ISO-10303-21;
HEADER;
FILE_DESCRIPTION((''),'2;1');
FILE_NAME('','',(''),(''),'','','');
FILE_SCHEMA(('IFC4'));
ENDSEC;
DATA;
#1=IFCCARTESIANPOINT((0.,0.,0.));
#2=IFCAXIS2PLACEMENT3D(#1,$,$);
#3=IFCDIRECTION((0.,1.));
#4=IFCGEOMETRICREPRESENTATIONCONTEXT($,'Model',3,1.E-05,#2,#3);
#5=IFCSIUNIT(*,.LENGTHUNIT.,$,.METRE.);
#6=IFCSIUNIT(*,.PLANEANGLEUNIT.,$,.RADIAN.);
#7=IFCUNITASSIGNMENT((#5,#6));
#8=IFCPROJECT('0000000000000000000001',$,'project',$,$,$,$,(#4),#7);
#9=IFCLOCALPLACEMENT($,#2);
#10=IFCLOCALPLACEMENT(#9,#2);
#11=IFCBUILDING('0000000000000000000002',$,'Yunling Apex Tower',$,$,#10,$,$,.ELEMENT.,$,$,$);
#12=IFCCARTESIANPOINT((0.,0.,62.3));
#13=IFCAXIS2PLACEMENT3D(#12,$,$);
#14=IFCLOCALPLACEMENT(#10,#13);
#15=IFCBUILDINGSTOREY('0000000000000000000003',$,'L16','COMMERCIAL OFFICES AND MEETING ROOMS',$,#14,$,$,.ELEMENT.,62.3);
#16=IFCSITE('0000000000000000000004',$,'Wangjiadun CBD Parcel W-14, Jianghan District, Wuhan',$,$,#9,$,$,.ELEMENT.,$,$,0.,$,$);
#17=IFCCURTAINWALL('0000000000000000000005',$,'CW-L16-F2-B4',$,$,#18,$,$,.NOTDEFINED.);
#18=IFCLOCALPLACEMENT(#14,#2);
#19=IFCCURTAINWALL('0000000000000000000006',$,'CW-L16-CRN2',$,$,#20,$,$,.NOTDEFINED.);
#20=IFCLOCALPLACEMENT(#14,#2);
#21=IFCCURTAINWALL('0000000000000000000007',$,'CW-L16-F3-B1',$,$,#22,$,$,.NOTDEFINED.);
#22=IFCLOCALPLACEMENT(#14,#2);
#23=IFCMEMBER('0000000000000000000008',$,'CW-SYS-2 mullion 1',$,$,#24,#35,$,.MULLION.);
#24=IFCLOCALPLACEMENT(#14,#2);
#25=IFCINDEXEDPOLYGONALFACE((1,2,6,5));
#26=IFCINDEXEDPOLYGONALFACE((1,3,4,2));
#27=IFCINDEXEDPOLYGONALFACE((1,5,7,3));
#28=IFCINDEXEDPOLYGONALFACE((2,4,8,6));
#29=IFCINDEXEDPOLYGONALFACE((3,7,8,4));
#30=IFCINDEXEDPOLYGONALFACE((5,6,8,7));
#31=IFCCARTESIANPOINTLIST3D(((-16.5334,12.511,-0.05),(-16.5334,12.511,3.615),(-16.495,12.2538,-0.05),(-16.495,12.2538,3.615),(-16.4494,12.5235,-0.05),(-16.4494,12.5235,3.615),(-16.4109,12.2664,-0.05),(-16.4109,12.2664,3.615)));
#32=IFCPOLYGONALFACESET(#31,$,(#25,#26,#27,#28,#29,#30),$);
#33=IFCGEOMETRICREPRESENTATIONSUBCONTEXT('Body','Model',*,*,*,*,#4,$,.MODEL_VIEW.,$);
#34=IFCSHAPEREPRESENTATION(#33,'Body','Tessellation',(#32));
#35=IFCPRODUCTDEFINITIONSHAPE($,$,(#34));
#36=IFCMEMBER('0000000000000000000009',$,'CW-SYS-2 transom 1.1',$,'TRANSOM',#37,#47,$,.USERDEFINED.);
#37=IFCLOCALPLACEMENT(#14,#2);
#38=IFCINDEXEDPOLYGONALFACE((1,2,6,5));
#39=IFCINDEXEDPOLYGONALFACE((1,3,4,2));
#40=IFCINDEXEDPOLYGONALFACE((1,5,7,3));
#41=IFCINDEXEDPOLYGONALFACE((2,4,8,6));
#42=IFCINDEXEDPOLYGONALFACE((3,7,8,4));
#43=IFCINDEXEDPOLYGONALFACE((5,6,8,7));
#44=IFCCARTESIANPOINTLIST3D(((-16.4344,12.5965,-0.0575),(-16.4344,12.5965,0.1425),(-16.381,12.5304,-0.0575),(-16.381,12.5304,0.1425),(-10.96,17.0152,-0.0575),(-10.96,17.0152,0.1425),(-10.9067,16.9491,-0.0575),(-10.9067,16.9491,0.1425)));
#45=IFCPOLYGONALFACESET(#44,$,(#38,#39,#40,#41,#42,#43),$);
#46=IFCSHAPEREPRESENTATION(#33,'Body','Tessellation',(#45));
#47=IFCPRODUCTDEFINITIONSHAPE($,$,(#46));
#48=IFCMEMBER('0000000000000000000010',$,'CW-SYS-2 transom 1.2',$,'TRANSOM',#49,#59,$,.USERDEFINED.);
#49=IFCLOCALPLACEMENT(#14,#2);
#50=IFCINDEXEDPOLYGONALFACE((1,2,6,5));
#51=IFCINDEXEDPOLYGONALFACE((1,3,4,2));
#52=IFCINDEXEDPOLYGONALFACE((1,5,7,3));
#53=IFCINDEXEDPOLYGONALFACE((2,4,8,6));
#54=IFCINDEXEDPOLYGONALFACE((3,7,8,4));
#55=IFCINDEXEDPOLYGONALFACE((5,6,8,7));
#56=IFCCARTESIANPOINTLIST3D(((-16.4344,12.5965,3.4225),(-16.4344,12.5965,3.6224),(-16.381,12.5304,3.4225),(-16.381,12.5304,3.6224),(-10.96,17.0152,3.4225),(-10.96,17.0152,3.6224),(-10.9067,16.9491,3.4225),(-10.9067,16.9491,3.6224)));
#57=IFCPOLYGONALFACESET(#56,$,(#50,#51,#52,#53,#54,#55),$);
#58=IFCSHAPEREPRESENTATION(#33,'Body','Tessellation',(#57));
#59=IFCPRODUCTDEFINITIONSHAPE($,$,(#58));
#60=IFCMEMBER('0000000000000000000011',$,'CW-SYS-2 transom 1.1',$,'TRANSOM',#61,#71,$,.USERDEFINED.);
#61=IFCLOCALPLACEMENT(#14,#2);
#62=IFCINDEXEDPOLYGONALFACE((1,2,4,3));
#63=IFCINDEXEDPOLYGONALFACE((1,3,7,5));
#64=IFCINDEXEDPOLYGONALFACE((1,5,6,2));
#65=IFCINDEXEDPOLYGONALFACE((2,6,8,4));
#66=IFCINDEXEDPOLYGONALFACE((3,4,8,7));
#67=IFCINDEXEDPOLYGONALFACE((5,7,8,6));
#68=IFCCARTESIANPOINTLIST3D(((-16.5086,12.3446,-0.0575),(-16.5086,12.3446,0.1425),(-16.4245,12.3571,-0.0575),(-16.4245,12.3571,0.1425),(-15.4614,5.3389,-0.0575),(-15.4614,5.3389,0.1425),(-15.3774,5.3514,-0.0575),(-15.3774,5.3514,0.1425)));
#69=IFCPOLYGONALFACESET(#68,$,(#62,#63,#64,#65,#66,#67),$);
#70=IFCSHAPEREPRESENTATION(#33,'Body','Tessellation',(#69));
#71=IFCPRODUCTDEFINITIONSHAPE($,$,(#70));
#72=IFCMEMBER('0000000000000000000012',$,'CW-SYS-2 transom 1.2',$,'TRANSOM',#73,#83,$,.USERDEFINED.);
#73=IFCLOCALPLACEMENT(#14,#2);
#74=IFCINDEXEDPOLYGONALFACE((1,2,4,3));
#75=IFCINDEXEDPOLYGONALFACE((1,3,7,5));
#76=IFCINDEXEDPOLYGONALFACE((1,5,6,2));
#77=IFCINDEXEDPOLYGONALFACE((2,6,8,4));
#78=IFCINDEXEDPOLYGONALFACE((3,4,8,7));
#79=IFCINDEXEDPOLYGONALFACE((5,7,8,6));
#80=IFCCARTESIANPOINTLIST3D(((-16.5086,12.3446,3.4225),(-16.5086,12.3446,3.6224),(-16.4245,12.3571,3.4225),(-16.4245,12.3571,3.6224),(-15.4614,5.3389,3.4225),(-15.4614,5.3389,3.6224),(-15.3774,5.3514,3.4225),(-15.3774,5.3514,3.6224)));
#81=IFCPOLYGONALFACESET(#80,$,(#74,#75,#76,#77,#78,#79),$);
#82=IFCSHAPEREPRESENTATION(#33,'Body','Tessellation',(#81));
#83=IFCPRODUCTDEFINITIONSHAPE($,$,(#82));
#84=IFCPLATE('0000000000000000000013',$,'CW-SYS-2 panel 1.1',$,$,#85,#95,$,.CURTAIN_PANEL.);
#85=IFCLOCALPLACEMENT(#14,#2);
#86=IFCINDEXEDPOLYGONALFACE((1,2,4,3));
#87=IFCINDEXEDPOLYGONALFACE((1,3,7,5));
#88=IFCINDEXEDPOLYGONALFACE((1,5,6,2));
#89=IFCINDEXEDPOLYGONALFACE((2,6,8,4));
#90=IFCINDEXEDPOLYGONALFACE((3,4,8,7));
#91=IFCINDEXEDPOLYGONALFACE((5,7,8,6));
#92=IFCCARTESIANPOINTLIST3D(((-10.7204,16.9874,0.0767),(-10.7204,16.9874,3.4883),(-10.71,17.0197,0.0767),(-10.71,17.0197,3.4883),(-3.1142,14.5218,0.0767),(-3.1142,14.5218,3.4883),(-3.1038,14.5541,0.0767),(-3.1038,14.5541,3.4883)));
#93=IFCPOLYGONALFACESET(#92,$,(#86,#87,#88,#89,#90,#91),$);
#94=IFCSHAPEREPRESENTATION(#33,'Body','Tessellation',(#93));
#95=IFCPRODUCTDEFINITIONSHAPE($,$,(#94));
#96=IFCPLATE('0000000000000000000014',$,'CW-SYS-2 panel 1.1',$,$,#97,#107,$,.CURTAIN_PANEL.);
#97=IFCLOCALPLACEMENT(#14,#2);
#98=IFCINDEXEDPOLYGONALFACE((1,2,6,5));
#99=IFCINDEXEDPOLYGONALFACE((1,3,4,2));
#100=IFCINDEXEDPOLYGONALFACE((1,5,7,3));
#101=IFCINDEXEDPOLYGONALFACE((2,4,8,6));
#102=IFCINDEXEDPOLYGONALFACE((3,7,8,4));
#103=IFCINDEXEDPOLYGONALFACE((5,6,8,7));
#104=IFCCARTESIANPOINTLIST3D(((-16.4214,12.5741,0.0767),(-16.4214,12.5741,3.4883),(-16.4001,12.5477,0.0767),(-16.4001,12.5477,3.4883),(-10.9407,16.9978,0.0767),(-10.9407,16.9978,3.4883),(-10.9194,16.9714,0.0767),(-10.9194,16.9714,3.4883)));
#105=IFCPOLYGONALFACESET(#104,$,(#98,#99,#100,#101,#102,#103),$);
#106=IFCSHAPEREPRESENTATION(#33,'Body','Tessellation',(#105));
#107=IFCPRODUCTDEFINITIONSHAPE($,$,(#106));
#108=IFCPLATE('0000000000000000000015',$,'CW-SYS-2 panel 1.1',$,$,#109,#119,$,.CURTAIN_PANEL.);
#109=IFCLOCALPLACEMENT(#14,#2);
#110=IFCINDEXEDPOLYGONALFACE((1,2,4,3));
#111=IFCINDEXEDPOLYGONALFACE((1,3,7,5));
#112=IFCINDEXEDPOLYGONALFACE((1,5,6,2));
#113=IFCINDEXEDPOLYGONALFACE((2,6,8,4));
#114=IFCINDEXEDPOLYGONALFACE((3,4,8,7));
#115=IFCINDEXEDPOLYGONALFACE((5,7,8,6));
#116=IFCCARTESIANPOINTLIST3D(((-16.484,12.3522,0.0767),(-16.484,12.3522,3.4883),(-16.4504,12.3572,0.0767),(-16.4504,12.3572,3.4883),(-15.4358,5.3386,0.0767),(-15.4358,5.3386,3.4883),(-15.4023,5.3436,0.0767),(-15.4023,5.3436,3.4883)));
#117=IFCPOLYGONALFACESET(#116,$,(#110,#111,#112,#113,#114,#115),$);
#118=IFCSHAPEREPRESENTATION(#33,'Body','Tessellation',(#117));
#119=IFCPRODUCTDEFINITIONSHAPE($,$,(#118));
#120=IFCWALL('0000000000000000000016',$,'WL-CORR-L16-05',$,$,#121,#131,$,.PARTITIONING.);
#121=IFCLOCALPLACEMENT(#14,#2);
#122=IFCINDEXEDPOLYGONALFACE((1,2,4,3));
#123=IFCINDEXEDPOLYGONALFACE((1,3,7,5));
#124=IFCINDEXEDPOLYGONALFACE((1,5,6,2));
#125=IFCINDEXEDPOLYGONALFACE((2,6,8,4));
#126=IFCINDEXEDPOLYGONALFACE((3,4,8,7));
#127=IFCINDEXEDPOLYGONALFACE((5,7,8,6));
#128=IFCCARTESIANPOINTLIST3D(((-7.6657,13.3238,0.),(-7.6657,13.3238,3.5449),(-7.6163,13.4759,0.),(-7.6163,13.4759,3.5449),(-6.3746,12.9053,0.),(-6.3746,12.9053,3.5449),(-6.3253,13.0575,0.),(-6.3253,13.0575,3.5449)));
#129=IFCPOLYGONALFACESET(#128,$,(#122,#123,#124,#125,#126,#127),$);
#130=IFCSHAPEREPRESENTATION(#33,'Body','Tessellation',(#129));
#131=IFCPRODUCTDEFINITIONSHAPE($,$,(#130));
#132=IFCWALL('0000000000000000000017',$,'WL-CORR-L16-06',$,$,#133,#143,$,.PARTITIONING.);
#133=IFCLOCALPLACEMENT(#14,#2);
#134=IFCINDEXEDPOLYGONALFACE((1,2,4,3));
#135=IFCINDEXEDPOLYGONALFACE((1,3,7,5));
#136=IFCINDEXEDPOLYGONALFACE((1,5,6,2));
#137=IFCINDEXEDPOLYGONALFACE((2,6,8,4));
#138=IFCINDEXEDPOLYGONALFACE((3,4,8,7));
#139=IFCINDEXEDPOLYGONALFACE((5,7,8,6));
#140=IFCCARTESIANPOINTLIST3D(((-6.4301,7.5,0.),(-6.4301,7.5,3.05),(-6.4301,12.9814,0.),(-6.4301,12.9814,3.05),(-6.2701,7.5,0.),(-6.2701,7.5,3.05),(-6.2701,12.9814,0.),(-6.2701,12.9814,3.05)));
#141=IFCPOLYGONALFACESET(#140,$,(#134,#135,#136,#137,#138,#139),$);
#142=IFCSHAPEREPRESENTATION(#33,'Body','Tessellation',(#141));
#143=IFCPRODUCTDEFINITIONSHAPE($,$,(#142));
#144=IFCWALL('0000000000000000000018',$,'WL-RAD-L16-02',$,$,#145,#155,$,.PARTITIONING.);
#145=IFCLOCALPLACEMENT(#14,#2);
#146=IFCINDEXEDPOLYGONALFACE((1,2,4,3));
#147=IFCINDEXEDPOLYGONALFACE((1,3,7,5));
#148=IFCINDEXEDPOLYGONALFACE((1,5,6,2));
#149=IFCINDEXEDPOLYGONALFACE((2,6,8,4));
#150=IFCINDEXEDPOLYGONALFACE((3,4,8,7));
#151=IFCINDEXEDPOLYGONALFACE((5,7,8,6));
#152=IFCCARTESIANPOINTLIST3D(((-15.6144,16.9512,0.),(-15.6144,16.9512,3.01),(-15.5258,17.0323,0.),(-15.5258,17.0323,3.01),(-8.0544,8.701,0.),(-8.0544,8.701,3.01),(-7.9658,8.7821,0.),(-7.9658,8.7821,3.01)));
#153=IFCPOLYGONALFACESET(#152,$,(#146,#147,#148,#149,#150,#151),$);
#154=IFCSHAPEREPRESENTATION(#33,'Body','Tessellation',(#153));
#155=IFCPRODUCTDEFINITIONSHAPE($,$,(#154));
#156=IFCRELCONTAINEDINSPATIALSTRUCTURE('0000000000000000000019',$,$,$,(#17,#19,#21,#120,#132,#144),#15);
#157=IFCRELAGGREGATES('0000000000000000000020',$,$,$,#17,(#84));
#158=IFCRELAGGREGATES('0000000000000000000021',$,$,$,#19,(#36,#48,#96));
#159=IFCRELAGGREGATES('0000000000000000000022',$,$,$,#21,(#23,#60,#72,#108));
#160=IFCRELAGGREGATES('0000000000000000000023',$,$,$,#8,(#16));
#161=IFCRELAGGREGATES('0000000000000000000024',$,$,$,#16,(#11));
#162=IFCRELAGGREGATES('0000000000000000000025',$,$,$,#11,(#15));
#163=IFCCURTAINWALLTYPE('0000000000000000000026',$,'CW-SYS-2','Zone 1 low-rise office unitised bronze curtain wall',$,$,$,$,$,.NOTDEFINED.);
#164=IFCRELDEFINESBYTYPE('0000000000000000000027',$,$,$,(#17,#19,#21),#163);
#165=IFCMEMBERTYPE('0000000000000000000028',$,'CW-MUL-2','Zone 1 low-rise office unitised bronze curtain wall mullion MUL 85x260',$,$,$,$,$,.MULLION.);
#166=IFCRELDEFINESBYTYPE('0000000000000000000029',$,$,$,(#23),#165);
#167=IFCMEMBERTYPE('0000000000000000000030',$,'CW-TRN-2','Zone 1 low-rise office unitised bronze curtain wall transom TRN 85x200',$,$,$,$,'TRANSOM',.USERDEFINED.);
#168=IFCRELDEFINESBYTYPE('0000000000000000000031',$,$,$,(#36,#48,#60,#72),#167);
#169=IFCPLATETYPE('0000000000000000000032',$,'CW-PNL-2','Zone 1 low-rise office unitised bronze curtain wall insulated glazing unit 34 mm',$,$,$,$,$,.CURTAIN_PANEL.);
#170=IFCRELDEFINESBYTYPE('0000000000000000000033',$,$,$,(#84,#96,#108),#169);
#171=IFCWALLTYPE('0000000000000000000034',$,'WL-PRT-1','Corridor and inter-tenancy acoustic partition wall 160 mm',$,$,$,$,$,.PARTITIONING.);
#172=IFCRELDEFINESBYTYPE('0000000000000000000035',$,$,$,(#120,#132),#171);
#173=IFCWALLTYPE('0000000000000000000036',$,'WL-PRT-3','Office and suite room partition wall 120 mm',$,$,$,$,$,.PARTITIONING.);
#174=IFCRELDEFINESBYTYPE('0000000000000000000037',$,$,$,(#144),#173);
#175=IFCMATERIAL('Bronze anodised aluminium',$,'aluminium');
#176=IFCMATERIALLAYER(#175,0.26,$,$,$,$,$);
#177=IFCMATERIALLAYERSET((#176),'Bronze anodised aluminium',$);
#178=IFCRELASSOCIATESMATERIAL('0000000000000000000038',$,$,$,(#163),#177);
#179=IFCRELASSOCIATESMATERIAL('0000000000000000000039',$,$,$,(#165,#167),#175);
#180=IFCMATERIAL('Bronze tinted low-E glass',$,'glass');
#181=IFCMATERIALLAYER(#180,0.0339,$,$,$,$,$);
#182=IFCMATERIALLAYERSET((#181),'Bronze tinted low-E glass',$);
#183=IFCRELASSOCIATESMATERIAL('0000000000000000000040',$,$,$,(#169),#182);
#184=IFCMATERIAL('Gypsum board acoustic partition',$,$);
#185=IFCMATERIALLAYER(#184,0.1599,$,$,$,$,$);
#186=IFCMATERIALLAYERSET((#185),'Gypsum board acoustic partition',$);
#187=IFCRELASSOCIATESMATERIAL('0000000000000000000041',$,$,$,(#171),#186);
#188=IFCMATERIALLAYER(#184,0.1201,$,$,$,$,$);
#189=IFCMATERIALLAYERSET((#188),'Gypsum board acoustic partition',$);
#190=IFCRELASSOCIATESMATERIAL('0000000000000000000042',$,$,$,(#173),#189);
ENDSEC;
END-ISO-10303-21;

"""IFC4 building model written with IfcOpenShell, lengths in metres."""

from ifc_helpers import new_model, si_unit, direction, frame, frame_2d, origin, origin_2d, place, context, subcontext, project, spatial, rectangle, extrude, source, transform, mapped, material, layer, layer_set, material_profile, profile_set, type_object, element, aggregate, save


model = new_model("IFC4")

# Units and contexts
model_context = context("Model", 3, precision=1e-05, world=origin(), true_north=direction((0.0, 1.0)))
body_context = subcontext(model_context, "Body", "Model", "MODEL_VIEW")
ifc_project = project(units=[si_unit("LENGTHUNIT", "METRE"), si_unit("PLANEANGLEUNIT", "RADIAN")], contexts=[model_context])

# Site, building, storey
site_placement = place(None, origin())
site = spatial("IfcSite", under=ifc_project, at=site_placement, Name="Wangjiadun CBD Parcel W-14, Jianghan District, Wuhan", CompositionType="ELEMENT", RefElevation=0.0)
building_placement = place(site_placement, origin())
building = spatial("IfcBuilding", under=site, at=building_placement, Name="Yunling Apex Tower", CompositionType="ELEMENT")
storey_placement = place(building_placement, frame((0.0, 0.0, 62.3)))
storey = spatial("IfcBuildingStorey", under=building, at=storey_placement, Name="L16", Description="COMMERCIAL OFFICES AND MEETING ROOMS", CompositionType="ELEMENT", Elevation=62.3)

# Curtain wall
ifc_material_1 = material(Name="Bronze anodised aluminium", Category="aluminium")
ifc_layer_1 = layer(ifc_material_1, 0.26)
ifc_layer_set_1 = layer_set([ifc_layer_1], Name="Bronze anodised aluminium")
curtain_wall_type = type_object("IfcCurtainWallType", Name="CW-SYS-2", Description="Zone 1 low-rise office unitised bronze curtain wall", PredefinedType="NOTDEFINED", material=ifc_layer_set_1)
curtain_wall_1_placement = place(storey_placement, origin())
curtain_wall_1 = element("IfcCurtainWall", 1, at=curtain_wall_1_placement, inside=storey, type_object=curtain_wall_type, Name="CW-L16-F2-B4", PredefinedType="NOTDEFINED")
ifc_material_profile_1 = material_profile(ifc_material_1, rectangle(XDim=0.085, YDim=0.26, at=origin_2d()))
ifc_profile_set_1 = profile_set([ifc_material_profile_1], Name="Bronze anodised aluminium")
member_type_1 = type_object("IfcMemberType", Name="CW-MUL-2", Description="Zone 1 low-rise office unitised bronze curtain wall mullion MUL 85x260", PredefinedType="MULLION", material=ifc_profile_set_1)
shared_shape_1 = source(origin(), body_context, "Body", "SweptSolid", [
    extrude(rectangle(XDim=0.085, YDim=0.26, at=origin_2d()), origin(), (0.0, 0.0, 1.0), 3.665),
])

# Curtain wall
curtain_wall_2_placement = place(storey_placement, origin())
curtain_wall_2 = element("IfcCurtainWall", 2, at=curtain_wall_2_placement, inside=storey, type_object=curtain_wall_type, Name="CW-L16-CRN2", PredefinedType="NOTDEFINED")

# Curtain wall, member
curtain_wall_3_placement = place(storey_placement, origin())
curtain_wall_3 = element("IfcCurtainWall", 3, at=curtain_wall_3_placement, inside=storey, type_object=curtain_wall_type, Name="CW-L16-F3-B1", PredefinedType="NOTDEFINED")
member_1_placement = place(storey_placement, frame((-16.4722, 12.3887, -0.05), z_axis=(0.0, 0.0, 1.0), x_axis=(0.989017, 0.147799, 0.0)))
member_1 = element("IfcMember", 4, at=member_1_placement, type_object=member_type_1, Name="CW-SYS-2 mullion 1", PredefinedType="MULLION", context=body_context, shape_type="MappedRepresentation", body=[
    mapped(shared_shape_1, transform((0.0, 0.0, 0.0), scale=1.0)),
])

# Members
ifc_material_profile_2 = material_profile(ifc_material_1, rectangle(XDim=0.085, YDim=0.2, at=origin_2d()))
ifc_profile_set_2 = profile_set([ifc_material_profile_2], Name="Bronze anodised aluminium")
member_type_2 = type_object("IfcMemberType", Name="CW-TRN-2", Description="Zone 1 low-rise office unitised bronze curtain wall transom TRN 85x200", ElementType="TRANSOM", PredefinedType="USERDEFINED", material=ifc_profile_set_2)
shared_shape_2 = source(origin(), body_context, "Body", "SweptSolid", [
    extrude(rectangle(XDim=0.085, YDim=0.2, at=origin_2d()), origin(), (0.0, 0.0, 1.0), 7.0352),
])
member_2_placement = place(storey_placement, frame((-10.9333, 16.9822, 0.0425), z_axis=(-0.778143, -0.628087, 0.0), x_axis=(0.628087, -0.778143, 0.0)))
member_2 = element("IfcMember", 5, at=member_2_placement, type_object=member_type_2, Name="CW-SYS-2 transom 1.1", ObjectType="TRANSOM", PredefinedType="USERDEFINED", context=body_context, shape_type="MappedRepresentation", body=[
    mapped(shared_shape_2, transform((0.0, 0.0, 0.0), scale=1.0)),
])
member_3_placement = place(storey_placement, frame((-10.9333, 16.9822, 3.5225), z_axis=(-0.778143, -0.628087, 0.0), x_axis=(0.628087, -0.778143, 0.0)))
member_3 = element("IfcMember", 6, at=member_3_placement, type_object=member_type_2, Name="CW-SYS-2 transom 1.2", ObjectType="TRANSOM", PredefinedType="USERDEFINED", context=body_context, shape_type="MappedRepresentation", body=[
    mapped(shared_shape_2, transform((0.0, 0.0, 0.0), scale=1.0)),
])
shared_shape_3 = source(origin(), body_context, "Body", "SweptSolid", [
    extrude(rectangle(XDim=0.085, YDim=0.2, at=origin_2d()), origin(), (0.0, 0.0, 1.0), 7.0835),
])
member_4_placement = place(storey_placement, frame((-16.4666, 12.3508, 0.0425), z_axis=(0.147826, -0.989013, 0.0), x_axis=(0.989013, 0.147826, 0.0)))
member_4 = element("IfcMember", 7, at=member_4_placement, type_object=member_type_2, Name="CW-SYS-2 transom 1.1", ObjectType="TRANSOM", PredefinedType="USERDEFINED", context=body_context, shape_type="MappedRepresentation", body=[
    mapped(shared_shape_3, transform((0.0, 0.0, 0.0), scale=1.0)),
])
member_5_placement = place(storey_placement, frame((-16.4666, 12.3508, 3.5225), z_axis=(0.147826, -0.989013, 0.0), x_axis=(0.989013, 0.147826, 0.0)))
member_5 = element("IfcMember", 8, at=member_5_placement, type_object=member_type_2, Name="CW-SYS-2 transom 1.2", ObjectType="TRANSOM", PredefinedType="USERDEFINED", context=body_context, shape_type="MappedRepresentation", body=[
    mapped(shared_shape_3, transform((0.0, 0.0, 0.0), scale=1.0)),
])

# Plates
ifc_material_2 = material(Name="Bronze tinted low-E glass", Category="glass")
ifc_layer_2 = layer(ifc_material_2, 0.0339)
ifc_layer_set_2 = layer_set([ifc_layer_2], Name="Bronze tinted low-E glass")
plate_type = type_object("IfcPlateType", Name="CW-PNL-2", Description="Zone 1 low-rise office unitised bronze curtain wall insulated glazing unit 34 mm", PredefinedType="CURTAIN_PANEL", material=ifc_layer_set_2)
shared_shape_4 = source(origin(), body_context, "Body", "SweptSolid", [
    extrude(rectangle(XDim=7.9958, YDim=0.0339, at=origin_2d()), origin(), (0.0, 0.0, 1.0), 3.4116),
])
plate_1_placement = place(storey_placement, frame((-6.9121, 15.7708, 0.0767), z_axis=(0.0, 0.0, 1.0), x_axis=(-0.951271, 0.308357, 0.0)))
plate_1 = element("IfcPlate", 9, at=plate_1_placement, type_object=plate_type, Name="CW-SYS-2 panel 1.1", PredefinedType="CURTAIN_PANEL", context=body_context, shape_type="MappedRepresentation", body=[
    mapped(shared_shape_4, transform((0.0, 0.0, 0.0), scale=1.0)),
])
aggregate(curtain_wall_1, [plate_1])
shared_shape_5 = source(origin(), body_context, "Body", "SweptSolid", [
    extrude(rectangle(XDim=7.0432, YDim=0.0339, at=origin_2d()), origin(), (0.0, 0.0, 1.0), 3.4116),
])
plate_2_placement = place(storey_placement, frame((-13.6704, 14.7727, 0.0767), z_axis=(0.0, 0.0, 1.0), x_axis=(-0.778149, -0.62808, 0.0)))
plate_2 = element("IfcPlate", 10, at=plate_2_placement, type_object=plate_type, Name="CW-SYS-2 panel 1.1", PredefinedType="CURTAIN_PANEL", context=body_context, shape_type="MappedRepresentation", body=[
    mapped(shared_shape_5, transform((0.0, 0.0, 0.0), scale=1.0)),
])
aggregate(curtain_wall_2, [member_2, member_3, plate_2])
shared_shape_6 = source(origin(), body_context, "Body", "SweptSolid", [
    extrude(rectangle(XDim=7.0916, YDim=0.0339, at=origin_2d()), origin(), (0.0, 0.0, 1.0), 3.4116),
])
plate_3_placement = place(storey_placement, frame((-15.9431, 8.8479, 0.0767), z_axis=(0.0, 0.0, 1.0), x_axis=(0.147799, -0.989017, 0.0)))
plate_3 = element("IfcPlate", 11, at=plate_3_placement, type_object=plate_type, Name="CW-SYS-2 panel 1.1", PredefinedType="CURTAIN_PANEL", context=body_context, shape_type="MappedRepresentation", body=[
    mapped(shared_shape_6, transform((0.0, 0.0, 0.0), scale=1.0)),
])
aggregate(curtain_wall_3, [member_1, member_4, member_5, plate_3])

# Walls
ifc_material_3 = material(Name="Gypsum board acoustic partition")
ifc_layer_3 = layer(ifc_material_3, 0.1599)
ifc_layer_set_3 = layer_set([ifc_layer_3], Name="Gypsum board acoustic partition")
wall_type_1 = type_object("IfcWallType", Name="WL-PRT-1", Description="Corridor and inter-tenancy acoustic partition wall 160 mm", PredefinedType="PARTITIONING", material=ifc_layer_set_3)
wall_1_placement = place(storey_placement, frame((-7.6411, 13.3999, 0.0), z_axis=(0.0, 0.0, 1.0), x_axis=(0.951277, -0.308338, 0.0)))
element("IfcWall", 12, at=wall_1_placement, inside=storey, type_object=wall_type_1, Name="WL-CORR-L16-05", PredefinedType="PARTITIONING", context=body_context, shape_type="SweptSolid", body=[
    extrude(rectangle(XDim=1.3572, YDim=0.1599, at=frame_2d((0.6787, 0.0))), origin(), (0.0, 0.0, 1.0), 3.5449),
])
wall_2_placement = place(storey_placement, frame((-6.3501, 12.9814, 0.0), z_axis=(0.0, 0.0, 1.0), x_axis=(0.0, -1.0, 0.0)))
element("IfcWall", 13, at=wall_2_placement, inside=storey, type_object=wall_type_1, Name="WL-CORR-L16-06", PredefinedType="PARTITIONING", context=body_context, shape_type="SweptSolid", body=[
    extrude(rectangle(XDim=5.4814, YDim=0.1599, at=frame_2d((2.7407, 0.0))), origin(), (0.0, 0.0, 1.0), 3.05),
])
ifc_layer_4 = layer(ifc_material_3, 0.1201)
ifc_layer_set_4 = layer_set([ifc_layer_4], Name="Gypsum board acoustic partition")
wall_type_2 = type_object("IfcWallType", Name="WL-PRT-3", Description="Office and suite room partition wall 120 mm", PredefinedType="PARTITIONING", material=ifc_layer_set_4)
wall_3_placement = place(storey_placement, frame((-8.01, 8.7415, 0.0), z_axis=(0.0, 0.0, 1.0), x_axis=(-0.675595, 0.737273, 0.0)))
element("IfcWall", 14, at=wall_3_placement, inside=storey, type_object=wall_type_2, Name="WL-RAD-L16-02", PredefinedType="PARTITIONING", context=body_context, shape_type="SweptSolid", body=[
    extrude(rectangle(XDim=11.1902, YDim=0.1201, at=frame_2d((5.5952, 0.0))), origin(), (0.0, 0.0, 1.0), 3.01),
])

save(model, "model.ifc")
